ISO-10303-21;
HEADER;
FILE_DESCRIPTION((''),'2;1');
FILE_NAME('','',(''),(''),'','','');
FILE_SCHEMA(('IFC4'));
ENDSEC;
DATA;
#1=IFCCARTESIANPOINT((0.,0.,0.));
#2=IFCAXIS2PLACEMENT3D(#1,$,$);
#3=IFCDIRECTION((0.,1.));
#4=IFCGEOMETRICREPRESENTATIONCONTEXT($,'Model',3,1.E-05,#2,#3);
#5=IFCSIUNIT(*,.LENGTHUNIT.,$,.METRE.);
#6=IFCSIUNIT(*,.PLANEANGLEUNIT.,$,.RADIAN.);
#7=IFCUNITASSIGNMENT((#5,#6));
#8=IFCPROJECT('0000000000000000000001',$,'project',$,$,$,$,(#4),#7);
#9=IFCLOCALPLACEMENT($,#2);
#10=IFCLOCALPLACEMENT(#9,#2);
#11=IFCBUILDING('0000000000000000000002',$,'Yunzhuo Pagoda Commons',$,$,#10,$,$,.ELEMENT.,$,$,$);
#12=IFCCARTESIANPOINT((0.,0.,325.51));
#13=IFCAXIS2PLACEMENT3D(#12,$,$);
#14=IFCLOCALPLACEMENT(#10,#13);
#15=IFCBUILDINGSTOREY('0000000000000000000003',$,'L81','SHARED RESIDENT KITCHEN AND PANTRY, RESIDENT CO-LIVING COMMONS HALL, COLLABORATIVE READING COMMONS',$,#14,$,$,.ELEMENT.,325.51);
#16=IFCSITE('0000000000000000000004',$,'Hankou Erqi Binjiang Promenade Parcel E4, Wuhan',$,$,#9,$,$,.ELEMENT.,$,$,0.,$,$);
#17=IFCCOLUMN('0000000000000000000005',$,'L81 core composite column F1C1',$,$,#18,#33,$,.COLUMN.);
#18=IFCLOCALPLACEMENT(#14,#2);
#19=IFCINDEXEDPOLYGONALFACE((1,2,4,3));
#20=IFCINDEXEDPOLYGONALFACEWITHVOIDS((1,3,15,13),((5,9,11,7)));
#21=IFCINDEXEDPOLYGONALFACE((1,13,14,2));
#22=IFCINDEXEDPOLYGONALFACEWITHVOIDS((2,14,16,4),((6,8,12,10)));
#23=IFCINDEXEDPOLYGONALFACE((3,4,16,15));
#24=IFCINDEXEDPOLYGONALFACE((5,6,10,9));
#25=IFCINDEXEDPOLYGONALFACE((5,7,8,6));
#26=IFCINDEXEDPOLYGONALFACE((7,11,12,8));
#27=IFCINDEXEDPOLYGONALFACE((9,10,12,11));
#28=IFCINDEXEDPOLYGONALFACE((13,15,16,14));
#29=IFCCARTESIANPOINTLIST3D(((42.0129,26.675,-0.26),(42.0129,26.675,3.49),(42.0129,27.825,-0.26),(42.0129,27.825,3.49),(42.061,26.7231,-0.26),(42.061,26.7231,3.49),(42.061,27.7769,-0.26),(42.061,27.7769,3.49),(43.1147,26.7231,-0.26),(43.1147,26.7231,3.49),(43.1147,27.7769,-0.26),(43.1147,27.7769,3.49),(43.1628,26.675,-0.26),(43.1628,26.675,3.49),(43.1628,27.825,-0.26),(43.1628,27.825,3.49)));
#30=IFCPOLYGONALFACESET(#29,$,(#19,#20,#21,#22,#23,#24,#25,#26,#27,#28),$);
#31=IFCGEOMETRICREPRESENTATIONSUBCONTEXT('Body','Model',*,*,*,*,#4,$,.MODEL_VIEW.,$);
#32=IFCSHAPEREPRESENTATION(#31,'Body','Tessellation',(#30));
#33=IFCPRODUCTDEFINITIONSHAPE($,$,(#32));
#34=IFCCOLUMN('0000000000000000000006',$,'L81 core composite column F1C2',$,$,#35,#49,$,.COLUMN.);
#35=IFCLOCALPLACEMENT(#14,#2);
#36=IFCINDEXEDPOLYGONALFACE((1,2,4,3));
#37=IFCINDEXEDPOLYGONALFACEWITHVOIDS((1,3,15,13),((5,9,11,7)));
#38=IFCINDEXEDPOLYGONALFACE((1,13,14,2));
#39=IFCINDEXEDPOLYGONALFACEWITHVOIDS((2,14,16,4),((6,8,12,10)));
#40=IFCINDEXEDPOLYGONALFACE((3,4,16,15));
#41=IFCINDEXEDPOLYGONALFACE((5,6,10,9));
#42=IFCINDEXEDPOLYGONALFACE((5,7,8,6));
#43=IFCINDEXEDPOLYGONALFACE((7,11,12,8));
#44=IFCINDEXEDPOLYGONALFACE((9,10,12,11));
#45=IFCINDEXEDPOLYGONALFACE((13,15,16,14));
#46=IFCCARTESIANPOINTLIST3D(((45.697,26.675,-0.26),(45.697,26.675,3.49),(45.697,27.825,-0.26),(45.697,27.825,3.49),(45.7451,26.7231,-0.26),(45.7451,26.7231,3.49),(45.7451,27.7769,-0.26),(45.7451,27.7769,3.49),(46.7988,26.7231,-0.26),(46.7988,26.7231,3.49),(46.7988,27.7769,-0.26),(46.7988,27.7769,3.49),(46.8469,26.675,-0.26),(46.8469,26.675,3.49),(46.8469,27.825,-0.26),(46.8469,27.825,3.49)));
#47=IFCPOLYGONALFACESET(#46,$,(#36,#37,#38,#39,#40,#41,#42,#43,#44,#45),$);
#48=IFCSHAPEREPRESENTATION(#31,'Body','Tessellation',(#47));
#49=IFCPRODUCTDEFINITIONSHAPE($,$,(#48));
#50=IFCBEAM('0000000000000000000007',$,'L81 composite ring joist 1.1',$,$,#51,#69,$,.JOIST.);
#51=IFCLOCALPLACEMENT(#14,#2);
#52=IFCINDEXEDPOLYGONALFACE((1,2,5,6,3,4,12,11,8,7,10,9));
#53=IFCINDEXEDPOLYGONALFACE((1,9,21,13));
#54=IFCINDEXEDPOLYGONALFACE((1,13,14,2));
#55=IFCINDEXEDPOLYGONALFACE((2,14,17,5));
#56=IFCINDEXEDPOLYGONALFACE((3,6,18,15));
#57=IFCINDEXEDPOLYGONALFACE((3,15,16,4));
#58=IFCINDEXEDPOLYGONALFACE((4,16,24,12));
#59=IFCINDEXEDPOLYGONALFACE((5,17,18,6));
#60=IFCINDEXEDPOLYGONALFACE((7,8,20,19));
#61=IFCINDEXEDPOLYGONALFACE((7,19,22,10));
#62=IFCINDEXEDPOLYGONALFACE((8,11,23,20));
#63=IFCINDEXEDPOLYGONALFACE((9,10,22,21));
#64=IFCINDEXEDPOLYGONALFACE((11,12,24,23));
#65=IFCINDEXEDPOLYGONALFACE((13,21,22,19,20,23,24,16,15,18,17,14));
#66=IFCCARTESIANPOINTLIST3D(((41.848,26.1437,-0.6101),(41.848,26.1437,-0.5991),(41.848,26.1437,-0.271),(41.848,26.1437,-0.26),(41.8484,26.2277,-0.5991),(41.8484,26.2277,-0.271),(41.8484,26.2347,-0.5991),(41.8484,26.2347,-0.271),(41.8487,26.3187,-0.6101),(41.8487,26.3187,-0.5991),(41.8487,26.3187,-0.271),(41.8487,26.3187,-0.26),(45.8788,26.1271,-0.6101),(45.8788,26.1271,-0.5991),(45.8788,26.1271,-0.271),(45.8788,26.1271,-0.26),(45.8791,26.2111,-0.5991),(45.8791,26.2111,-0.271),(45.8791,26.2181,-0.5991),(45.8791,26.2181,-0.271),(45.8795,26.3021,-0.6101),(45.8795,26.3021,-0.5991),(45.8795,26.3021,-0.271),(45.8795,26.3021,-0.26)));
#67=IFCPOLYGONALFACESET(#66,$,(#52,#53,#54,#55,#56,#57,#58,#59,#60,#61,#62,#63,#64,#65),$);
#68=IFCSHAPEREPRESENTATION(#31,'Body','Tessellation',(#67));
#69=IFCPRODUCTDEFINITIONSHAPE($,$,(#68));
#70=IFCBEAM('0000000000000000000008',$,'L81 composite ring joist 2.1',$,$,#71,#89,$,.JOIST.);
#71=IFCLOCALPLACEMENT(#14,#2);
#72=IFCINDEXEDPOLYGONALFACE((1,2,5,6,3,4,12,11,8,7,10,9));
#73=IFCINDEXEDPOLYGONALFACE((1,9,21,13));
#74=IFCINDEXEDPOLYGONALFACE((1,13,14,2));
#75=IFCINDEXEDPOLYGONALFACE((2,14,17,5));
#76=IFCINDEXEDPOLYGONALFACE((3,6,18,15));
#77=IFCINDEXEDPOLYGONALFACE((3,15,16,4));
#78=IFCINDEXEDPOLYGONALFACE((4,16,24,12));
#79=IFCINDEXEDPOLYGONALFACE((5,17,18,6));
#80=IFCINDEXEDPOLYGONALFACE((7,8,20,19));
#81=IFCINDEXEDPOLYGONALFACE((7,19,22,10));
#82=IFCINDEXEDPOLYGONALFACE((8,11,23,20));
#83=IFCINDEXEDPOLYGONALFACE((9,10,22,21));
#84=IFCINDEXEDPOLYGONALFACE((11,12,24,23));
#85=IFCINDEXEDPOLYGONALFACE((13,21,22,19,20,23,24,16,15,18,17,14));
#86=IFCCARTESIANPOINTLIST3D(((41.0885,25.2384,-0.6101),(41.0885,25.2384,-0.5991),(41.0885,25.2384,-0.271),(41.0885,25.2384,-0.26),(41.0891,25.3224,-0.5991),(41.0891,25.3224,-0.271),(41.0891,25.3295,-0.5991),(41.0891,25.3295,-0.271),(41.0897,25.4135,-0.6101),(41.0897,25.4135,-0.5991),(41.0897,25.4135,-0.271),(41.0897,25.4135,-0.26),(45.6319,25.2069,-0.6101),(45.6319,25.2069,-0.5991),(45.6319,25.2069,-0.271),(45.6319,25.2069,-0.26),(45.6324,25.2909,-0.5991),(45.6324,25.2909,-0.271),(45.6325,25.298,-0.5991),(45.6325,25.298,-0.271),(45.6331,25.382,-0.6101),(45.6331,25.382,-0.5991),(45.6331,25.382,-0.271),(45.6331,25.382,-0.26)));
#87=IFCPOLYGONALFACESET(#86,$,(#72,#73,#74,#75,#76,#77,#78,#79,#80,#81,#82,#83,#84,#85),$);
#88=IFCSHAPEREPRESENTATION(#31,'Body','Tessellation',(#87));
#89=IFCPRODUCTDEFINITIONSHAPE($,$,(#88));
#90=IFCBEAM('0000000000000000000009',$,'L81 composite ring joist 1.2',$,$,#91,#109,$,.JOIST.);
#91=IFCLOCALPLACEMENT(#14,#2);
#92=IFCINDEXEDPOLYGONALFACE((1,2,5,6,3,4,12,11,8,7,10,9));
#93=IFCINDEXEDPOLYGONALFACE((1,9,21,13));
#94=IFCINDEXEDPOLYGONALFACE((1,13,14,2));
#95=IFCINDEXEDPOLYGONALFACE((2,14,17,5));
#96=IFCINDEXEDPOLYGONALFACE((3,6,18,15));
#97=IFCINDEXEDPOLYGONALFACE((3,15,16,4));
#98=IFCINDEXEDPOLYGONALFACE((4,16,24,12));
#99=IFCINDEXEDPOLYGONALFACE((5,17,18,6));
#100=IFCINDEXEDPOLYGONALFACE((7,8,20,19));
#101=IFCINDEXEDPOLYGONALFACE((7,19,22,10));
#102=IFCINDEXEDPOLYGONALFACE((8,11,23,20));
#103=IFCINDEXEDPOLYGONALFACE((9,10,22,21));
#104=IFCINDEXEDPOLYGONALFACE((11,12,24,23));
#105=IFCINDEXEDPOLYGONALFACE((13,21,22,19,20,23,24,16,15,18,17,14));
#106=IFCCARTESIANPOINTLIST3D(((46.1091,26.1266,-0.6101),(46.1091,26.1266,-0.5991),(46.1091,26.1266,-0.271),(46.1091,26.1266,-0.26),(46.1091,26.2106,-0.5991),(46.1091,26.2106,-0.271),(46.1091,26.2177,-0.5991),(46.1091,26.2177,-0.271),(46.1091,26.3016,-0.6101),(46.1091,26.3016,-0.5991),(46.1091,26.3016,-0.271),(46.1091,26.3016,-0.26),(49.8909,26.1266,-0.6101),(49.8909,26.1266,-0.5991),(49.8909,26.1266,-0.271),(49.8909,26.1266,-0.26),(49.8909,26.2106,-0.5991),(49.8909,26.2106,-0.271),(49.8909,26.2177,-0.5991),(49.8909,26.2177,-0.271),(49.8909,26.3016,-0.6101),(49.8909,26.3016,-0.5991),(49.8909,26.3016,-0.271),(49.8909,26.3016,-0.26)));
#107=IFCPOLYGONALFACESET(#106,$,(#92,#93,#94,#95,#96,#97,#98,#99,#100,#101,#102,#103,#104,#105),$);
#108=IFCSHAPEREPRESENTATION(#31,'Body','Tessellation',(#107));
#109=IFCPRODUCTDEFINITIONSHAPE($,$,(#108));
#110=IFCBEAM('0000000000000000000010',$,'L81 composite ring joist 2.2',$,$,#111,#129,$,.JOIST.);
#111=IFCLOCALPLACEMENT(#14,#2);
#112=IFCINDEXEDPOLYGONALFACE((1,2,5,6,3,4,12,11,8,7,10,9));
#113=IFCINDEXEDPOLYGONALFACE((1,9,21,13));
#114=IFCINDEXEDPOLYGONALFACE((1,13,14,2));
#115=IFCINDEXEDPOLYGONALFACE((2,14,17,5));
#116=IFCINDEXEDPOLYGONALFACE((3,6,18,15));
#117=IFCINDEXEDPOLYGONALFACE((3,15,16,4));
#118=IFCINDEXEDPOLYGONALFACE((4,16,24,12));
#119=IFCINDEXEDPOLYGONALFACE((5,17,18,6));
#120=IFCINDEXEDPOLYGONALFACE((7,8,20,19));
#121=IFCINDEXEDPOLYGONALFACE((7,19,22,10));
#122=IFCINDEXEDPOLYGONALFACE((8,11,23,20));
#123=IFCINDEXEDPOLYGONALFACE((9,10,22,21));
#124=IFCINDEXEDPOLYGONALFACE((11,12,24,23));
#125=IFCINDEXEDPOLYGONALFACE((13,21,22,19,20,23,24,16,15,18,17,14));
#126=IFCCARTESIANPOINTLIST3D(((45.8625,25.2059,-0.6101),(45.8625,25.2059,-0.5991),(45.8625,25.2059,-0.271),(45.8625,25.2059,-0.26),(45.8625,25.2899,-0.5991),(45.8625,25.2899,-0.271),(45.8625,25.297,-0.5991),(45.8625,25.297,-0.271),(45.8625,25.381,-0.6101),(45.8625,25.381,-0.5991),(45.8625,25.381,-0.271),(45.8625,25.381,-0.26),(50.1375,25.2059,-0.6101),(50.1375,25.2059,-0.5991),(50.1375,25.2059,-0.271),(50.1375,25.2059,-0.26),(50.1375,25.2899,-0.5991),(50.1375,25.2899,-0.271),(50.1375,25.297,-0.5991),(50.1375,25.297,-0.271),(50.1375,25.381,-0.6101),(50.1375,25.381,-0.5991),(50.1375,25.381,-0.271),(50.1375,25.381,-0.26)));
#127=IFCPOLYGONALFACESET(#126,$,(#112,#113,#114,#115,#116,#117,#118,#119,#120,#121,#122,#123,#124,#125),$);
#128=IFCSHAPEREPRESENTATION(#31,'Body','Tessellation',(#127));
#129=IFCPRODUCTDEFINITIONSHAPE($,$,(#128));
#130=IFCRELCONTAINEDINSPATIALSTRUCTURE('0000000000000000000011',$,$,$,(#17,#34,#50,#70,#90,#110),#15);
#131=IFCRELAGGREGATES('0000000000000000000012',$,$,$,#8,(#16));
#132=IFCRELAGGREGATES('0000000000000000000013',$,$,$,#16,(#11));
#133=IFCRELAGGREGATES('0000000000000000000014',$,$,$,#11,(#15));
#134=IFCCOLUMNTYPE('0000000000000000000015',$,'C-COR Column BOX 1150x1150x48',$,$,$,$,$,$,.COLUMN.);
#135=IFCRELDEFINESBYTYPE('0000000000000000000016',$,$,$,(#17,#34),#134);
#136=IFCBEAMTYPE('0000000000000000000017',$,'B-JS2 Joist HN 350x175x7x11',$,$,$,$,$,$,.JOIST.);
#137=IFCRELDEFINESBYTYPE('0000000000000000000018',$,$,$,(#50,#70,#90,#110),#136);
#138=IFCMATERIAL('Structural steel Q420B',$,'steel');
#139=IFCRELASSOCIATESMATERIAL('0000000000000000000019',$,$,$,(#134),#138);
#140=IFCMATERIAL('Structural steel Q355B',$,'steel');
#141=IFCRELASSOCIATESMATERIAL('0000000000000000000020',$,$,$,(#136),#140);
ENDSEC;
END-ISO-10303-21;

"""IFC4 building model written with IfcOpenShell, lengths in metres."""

from ifc_helpers import new_model, si_unit, direction, frame, origin, origin_2d, place, context, subcontext, project, spatial, hollow_rectangle, i_section, extrude, source, transform, mapped, material, material_profile, profile_set, type_object, element, save


model = new_model("IFC4")

# Units and contexts
model_context = context("Model", 3, precision=1e-05, world=origin(), true_north=direction((0.0, 1.0)))
body_context = subcontext(model_context, "Body", "Model", "MODEL_VIEW")
ifc_project = project(units=[si_unit("LENGTHUNIT", "METRE"), si_unit("PLANEANGLEUNIT", "RADIAN")], contexts=[model_context])

# Site, building, storey
site_placement = place(None, origin())
site = spatial("IfcSite", under=ifc_project, at=site_placement, Name="Hankou Erqi Binjiang Promenade Parcel E4, Wuhan", CompositionType="ELEMENT", RefElevation=0.0)
building_placement = place(site_placement, origin())
building = spatial("IfcBuilding", under=site, at=building_placement, Name="Yunzhuo Pagoda Commons", CompositionType="ELEMENT")
storey_placement = place(building_placement, frame((0.0, 0.0, 325.51)))
storey = spatial("IfcBuildingStorey", under=building, at=storey_placement, Name="L81", Description="SHARED RESIDENT KITCHEN AND PANTRY, RESIDENT CO-LIVING COMMONS HALL, COLLABORATIVE READING COMMONS", CompositionType="ELEMENT", Elevation=325.51)

# Columns
ifc_material_1 = material(Name="Structural steel Q420B", Category="steel")
ifc_material_profile_1 = material_profile(ifc_material_1, hollow_rectangle(XDim=1.1499, YDim=1.1499, WallThickness=0.0481, at=origin_2d()), Name="Structural steel Q420B")
ifc_profile_set_1 = profile_set([ifc_material_profile_1], Name="Structural steel Q420B")
column_type = type_object("IfcColumnType", Name="C-COR Column BOX 1150x1150x48", PredefinedType="COLUMN", material=ifc_profile_set_1)
shared_shape_1 = source(origin(), body_context, "Body", "SweptSolid", [
    extrude(hollow_rectangle(XDim=1.1499, YDim=1.1499, WallThickness=0.0481, at=origin_2d()), origin(), (0.0, 0.0, 1.0), 3.75),
])
for number, where, z_axis, x_axis, name in (
    (1, (42.5879, 27.25, -0.26), (0.0, 0.0, 1.0), (1.0, 0.0, 0.0), "L81 core composite column F1C1"),
    (2, (46.272, 27.25, -0.26), (0.0, 0.0, 1.0), (1.0, 0.0, 0.0), "L81 core composite column F1C2"),
):
    element("IfcColumn", number, at=place(storey_placement, frame(where, z_axis=z_axis, x_axis=x_axis)), inside=storey, type_object=column_type, Name=name, PredefinedType="COLUMN", context=body_context, shape_type="MappedRepresentation", body=[
        mapped(shared_shape_1, transform((0.0, 0.0, 0.0), scale=1.0)),
    ])

# Beams
ifc_material_2 = material(Name="Structural steel Q355B", Category="steel")
ifc_material_profile_2 = material_profile(ifc_material_2, i_section(OverallWidth=0.175, OverallDepth=0.3501, WebThickness=0.0071, FlangeThickness=0.011, at=origin_2d()), Name="Structural steel Q355B")
ifc_profile_set_2 = profile_set([ifc_material_profile_2], Name="Structural steel Q355B")
beam_type = type_object("IfcBeamType", Name="B-JS2 Joist HN 350x175x7x11", PredefinedType="JOIST", material=ifc_profile_set_2)
shared_shape_2 = source(origin(), body_context, "Body", "SweptSolid", [
    extrude(i_section(OverallWidth=0.175, OverallDepth=0.3501, WebThickness=0.0071, FlangeThickness=0.011, at=origin_2d()), origin(), (0.0, 0.0, 1.0), 4.0308),
])
beam_1_placement = place(storey_placement, frame((41.8484, 26.2312, -0.4351), z_axis=(0.999992, -0.004119, 0.0), x_axis=(0.004119, 0.999992, 0.0)))
element("IfcBeam", 3, at=beam_1_placement, inside=storey, type_object=beam_type, Name="L81 composite ring joist 1.1", PredefinedType="JOIST", context=body_context, shape_type="MappedRepresentation", body=[
    mapped(shared_shape_2, transform((0.0, 0.0, 0.0), scale=1.0)),
])
shared_shape_3 = source(origin(), body_context, "Body", "SweptSolid", [
    extrude(i_section(OverallWidth=0.175, OverallDepth=0.3501, WebThickness=0.0071, FlangeThickness=0.011, at=origin_2d()), origin(), (0.0, 0.0, 1.0), 4.5435),
])
beam_2_placement = place(storey_placement, frame((41.0891, 25.3259, -0.4351), z_axis=(0.999976, -0.006932, 0.0), x_axis=(0.006932, 0.999976, 0.0)))
element("IfcBeam", 4, at=beam_2_placement, inside=storey, type_object=beam_type, Name="L81 composite ring joist 2.1", PredefinedType="JOIST", context=body_context, shape_type="MappedRepresentation", body=[
    mapped(shared_shape_3, transform((0.0, 0.0, 0.0), scale=1.0)),
])
shared_shape_4 = source(origin(), body_context, "Body", "SweptSolid", [
    extrude(i_section(OverallWidth=0.175, OverallDepth=0.3501, WebThickness=0.0071, FlangeThickness=0.011, at=origin_2d()), origin(), (0.0, 0.0, 1.0), 3.7817),
])
beam_3_placement = place(storey_placement, frame((46.1091, 26.2141, -0.4351), z_axis=(1.0, 0.0, 0.0), x_axis=(0.0, 1.0, 0.0)))
element("IfcBeam", 5, at=beam_3_placement, inside=storey, type_object=beam_type, Name="L81 composite ring joist 1.2", PredefinedType="JOIST", context=body_context, shape_type="MappedRepresentation", body=[
    mapped(shared_shape_4, transform((0.0, 0.0, 0.0), scale=1.0)),
])
shared_shape_5 = source(origin(), body_context, "Body", "SweptSolid", [
    extrude(i_section(OverallWidth=0.175, OverallDepth=0.3501, WebThickness=0.0071, FlangeThickness=0.011, at=origin_2d()), origin(), (0.0, 0.0, 1.0), 4.2749),
])
beam_4_placement = place(storey_placement, frame((45.8625, 25.2935, -0.4351), z_axis=(1.0, 0.0, 0.0), x_axis=(0.0, 1.0, 0.0)))
element("IfcBeam", 6, at=beam_4_placement, inside=storey, type_object=beam_type, Name="L81 composite ring joist 2.2", PredefinedType="JOIST", context=body_context, shape_type="MappedRepresentation", body=[
    mapped(shared_shape_5, transform((0.0, 0.0, 0.0), scale=1.0)),
])

save(model, "model.ifc")
